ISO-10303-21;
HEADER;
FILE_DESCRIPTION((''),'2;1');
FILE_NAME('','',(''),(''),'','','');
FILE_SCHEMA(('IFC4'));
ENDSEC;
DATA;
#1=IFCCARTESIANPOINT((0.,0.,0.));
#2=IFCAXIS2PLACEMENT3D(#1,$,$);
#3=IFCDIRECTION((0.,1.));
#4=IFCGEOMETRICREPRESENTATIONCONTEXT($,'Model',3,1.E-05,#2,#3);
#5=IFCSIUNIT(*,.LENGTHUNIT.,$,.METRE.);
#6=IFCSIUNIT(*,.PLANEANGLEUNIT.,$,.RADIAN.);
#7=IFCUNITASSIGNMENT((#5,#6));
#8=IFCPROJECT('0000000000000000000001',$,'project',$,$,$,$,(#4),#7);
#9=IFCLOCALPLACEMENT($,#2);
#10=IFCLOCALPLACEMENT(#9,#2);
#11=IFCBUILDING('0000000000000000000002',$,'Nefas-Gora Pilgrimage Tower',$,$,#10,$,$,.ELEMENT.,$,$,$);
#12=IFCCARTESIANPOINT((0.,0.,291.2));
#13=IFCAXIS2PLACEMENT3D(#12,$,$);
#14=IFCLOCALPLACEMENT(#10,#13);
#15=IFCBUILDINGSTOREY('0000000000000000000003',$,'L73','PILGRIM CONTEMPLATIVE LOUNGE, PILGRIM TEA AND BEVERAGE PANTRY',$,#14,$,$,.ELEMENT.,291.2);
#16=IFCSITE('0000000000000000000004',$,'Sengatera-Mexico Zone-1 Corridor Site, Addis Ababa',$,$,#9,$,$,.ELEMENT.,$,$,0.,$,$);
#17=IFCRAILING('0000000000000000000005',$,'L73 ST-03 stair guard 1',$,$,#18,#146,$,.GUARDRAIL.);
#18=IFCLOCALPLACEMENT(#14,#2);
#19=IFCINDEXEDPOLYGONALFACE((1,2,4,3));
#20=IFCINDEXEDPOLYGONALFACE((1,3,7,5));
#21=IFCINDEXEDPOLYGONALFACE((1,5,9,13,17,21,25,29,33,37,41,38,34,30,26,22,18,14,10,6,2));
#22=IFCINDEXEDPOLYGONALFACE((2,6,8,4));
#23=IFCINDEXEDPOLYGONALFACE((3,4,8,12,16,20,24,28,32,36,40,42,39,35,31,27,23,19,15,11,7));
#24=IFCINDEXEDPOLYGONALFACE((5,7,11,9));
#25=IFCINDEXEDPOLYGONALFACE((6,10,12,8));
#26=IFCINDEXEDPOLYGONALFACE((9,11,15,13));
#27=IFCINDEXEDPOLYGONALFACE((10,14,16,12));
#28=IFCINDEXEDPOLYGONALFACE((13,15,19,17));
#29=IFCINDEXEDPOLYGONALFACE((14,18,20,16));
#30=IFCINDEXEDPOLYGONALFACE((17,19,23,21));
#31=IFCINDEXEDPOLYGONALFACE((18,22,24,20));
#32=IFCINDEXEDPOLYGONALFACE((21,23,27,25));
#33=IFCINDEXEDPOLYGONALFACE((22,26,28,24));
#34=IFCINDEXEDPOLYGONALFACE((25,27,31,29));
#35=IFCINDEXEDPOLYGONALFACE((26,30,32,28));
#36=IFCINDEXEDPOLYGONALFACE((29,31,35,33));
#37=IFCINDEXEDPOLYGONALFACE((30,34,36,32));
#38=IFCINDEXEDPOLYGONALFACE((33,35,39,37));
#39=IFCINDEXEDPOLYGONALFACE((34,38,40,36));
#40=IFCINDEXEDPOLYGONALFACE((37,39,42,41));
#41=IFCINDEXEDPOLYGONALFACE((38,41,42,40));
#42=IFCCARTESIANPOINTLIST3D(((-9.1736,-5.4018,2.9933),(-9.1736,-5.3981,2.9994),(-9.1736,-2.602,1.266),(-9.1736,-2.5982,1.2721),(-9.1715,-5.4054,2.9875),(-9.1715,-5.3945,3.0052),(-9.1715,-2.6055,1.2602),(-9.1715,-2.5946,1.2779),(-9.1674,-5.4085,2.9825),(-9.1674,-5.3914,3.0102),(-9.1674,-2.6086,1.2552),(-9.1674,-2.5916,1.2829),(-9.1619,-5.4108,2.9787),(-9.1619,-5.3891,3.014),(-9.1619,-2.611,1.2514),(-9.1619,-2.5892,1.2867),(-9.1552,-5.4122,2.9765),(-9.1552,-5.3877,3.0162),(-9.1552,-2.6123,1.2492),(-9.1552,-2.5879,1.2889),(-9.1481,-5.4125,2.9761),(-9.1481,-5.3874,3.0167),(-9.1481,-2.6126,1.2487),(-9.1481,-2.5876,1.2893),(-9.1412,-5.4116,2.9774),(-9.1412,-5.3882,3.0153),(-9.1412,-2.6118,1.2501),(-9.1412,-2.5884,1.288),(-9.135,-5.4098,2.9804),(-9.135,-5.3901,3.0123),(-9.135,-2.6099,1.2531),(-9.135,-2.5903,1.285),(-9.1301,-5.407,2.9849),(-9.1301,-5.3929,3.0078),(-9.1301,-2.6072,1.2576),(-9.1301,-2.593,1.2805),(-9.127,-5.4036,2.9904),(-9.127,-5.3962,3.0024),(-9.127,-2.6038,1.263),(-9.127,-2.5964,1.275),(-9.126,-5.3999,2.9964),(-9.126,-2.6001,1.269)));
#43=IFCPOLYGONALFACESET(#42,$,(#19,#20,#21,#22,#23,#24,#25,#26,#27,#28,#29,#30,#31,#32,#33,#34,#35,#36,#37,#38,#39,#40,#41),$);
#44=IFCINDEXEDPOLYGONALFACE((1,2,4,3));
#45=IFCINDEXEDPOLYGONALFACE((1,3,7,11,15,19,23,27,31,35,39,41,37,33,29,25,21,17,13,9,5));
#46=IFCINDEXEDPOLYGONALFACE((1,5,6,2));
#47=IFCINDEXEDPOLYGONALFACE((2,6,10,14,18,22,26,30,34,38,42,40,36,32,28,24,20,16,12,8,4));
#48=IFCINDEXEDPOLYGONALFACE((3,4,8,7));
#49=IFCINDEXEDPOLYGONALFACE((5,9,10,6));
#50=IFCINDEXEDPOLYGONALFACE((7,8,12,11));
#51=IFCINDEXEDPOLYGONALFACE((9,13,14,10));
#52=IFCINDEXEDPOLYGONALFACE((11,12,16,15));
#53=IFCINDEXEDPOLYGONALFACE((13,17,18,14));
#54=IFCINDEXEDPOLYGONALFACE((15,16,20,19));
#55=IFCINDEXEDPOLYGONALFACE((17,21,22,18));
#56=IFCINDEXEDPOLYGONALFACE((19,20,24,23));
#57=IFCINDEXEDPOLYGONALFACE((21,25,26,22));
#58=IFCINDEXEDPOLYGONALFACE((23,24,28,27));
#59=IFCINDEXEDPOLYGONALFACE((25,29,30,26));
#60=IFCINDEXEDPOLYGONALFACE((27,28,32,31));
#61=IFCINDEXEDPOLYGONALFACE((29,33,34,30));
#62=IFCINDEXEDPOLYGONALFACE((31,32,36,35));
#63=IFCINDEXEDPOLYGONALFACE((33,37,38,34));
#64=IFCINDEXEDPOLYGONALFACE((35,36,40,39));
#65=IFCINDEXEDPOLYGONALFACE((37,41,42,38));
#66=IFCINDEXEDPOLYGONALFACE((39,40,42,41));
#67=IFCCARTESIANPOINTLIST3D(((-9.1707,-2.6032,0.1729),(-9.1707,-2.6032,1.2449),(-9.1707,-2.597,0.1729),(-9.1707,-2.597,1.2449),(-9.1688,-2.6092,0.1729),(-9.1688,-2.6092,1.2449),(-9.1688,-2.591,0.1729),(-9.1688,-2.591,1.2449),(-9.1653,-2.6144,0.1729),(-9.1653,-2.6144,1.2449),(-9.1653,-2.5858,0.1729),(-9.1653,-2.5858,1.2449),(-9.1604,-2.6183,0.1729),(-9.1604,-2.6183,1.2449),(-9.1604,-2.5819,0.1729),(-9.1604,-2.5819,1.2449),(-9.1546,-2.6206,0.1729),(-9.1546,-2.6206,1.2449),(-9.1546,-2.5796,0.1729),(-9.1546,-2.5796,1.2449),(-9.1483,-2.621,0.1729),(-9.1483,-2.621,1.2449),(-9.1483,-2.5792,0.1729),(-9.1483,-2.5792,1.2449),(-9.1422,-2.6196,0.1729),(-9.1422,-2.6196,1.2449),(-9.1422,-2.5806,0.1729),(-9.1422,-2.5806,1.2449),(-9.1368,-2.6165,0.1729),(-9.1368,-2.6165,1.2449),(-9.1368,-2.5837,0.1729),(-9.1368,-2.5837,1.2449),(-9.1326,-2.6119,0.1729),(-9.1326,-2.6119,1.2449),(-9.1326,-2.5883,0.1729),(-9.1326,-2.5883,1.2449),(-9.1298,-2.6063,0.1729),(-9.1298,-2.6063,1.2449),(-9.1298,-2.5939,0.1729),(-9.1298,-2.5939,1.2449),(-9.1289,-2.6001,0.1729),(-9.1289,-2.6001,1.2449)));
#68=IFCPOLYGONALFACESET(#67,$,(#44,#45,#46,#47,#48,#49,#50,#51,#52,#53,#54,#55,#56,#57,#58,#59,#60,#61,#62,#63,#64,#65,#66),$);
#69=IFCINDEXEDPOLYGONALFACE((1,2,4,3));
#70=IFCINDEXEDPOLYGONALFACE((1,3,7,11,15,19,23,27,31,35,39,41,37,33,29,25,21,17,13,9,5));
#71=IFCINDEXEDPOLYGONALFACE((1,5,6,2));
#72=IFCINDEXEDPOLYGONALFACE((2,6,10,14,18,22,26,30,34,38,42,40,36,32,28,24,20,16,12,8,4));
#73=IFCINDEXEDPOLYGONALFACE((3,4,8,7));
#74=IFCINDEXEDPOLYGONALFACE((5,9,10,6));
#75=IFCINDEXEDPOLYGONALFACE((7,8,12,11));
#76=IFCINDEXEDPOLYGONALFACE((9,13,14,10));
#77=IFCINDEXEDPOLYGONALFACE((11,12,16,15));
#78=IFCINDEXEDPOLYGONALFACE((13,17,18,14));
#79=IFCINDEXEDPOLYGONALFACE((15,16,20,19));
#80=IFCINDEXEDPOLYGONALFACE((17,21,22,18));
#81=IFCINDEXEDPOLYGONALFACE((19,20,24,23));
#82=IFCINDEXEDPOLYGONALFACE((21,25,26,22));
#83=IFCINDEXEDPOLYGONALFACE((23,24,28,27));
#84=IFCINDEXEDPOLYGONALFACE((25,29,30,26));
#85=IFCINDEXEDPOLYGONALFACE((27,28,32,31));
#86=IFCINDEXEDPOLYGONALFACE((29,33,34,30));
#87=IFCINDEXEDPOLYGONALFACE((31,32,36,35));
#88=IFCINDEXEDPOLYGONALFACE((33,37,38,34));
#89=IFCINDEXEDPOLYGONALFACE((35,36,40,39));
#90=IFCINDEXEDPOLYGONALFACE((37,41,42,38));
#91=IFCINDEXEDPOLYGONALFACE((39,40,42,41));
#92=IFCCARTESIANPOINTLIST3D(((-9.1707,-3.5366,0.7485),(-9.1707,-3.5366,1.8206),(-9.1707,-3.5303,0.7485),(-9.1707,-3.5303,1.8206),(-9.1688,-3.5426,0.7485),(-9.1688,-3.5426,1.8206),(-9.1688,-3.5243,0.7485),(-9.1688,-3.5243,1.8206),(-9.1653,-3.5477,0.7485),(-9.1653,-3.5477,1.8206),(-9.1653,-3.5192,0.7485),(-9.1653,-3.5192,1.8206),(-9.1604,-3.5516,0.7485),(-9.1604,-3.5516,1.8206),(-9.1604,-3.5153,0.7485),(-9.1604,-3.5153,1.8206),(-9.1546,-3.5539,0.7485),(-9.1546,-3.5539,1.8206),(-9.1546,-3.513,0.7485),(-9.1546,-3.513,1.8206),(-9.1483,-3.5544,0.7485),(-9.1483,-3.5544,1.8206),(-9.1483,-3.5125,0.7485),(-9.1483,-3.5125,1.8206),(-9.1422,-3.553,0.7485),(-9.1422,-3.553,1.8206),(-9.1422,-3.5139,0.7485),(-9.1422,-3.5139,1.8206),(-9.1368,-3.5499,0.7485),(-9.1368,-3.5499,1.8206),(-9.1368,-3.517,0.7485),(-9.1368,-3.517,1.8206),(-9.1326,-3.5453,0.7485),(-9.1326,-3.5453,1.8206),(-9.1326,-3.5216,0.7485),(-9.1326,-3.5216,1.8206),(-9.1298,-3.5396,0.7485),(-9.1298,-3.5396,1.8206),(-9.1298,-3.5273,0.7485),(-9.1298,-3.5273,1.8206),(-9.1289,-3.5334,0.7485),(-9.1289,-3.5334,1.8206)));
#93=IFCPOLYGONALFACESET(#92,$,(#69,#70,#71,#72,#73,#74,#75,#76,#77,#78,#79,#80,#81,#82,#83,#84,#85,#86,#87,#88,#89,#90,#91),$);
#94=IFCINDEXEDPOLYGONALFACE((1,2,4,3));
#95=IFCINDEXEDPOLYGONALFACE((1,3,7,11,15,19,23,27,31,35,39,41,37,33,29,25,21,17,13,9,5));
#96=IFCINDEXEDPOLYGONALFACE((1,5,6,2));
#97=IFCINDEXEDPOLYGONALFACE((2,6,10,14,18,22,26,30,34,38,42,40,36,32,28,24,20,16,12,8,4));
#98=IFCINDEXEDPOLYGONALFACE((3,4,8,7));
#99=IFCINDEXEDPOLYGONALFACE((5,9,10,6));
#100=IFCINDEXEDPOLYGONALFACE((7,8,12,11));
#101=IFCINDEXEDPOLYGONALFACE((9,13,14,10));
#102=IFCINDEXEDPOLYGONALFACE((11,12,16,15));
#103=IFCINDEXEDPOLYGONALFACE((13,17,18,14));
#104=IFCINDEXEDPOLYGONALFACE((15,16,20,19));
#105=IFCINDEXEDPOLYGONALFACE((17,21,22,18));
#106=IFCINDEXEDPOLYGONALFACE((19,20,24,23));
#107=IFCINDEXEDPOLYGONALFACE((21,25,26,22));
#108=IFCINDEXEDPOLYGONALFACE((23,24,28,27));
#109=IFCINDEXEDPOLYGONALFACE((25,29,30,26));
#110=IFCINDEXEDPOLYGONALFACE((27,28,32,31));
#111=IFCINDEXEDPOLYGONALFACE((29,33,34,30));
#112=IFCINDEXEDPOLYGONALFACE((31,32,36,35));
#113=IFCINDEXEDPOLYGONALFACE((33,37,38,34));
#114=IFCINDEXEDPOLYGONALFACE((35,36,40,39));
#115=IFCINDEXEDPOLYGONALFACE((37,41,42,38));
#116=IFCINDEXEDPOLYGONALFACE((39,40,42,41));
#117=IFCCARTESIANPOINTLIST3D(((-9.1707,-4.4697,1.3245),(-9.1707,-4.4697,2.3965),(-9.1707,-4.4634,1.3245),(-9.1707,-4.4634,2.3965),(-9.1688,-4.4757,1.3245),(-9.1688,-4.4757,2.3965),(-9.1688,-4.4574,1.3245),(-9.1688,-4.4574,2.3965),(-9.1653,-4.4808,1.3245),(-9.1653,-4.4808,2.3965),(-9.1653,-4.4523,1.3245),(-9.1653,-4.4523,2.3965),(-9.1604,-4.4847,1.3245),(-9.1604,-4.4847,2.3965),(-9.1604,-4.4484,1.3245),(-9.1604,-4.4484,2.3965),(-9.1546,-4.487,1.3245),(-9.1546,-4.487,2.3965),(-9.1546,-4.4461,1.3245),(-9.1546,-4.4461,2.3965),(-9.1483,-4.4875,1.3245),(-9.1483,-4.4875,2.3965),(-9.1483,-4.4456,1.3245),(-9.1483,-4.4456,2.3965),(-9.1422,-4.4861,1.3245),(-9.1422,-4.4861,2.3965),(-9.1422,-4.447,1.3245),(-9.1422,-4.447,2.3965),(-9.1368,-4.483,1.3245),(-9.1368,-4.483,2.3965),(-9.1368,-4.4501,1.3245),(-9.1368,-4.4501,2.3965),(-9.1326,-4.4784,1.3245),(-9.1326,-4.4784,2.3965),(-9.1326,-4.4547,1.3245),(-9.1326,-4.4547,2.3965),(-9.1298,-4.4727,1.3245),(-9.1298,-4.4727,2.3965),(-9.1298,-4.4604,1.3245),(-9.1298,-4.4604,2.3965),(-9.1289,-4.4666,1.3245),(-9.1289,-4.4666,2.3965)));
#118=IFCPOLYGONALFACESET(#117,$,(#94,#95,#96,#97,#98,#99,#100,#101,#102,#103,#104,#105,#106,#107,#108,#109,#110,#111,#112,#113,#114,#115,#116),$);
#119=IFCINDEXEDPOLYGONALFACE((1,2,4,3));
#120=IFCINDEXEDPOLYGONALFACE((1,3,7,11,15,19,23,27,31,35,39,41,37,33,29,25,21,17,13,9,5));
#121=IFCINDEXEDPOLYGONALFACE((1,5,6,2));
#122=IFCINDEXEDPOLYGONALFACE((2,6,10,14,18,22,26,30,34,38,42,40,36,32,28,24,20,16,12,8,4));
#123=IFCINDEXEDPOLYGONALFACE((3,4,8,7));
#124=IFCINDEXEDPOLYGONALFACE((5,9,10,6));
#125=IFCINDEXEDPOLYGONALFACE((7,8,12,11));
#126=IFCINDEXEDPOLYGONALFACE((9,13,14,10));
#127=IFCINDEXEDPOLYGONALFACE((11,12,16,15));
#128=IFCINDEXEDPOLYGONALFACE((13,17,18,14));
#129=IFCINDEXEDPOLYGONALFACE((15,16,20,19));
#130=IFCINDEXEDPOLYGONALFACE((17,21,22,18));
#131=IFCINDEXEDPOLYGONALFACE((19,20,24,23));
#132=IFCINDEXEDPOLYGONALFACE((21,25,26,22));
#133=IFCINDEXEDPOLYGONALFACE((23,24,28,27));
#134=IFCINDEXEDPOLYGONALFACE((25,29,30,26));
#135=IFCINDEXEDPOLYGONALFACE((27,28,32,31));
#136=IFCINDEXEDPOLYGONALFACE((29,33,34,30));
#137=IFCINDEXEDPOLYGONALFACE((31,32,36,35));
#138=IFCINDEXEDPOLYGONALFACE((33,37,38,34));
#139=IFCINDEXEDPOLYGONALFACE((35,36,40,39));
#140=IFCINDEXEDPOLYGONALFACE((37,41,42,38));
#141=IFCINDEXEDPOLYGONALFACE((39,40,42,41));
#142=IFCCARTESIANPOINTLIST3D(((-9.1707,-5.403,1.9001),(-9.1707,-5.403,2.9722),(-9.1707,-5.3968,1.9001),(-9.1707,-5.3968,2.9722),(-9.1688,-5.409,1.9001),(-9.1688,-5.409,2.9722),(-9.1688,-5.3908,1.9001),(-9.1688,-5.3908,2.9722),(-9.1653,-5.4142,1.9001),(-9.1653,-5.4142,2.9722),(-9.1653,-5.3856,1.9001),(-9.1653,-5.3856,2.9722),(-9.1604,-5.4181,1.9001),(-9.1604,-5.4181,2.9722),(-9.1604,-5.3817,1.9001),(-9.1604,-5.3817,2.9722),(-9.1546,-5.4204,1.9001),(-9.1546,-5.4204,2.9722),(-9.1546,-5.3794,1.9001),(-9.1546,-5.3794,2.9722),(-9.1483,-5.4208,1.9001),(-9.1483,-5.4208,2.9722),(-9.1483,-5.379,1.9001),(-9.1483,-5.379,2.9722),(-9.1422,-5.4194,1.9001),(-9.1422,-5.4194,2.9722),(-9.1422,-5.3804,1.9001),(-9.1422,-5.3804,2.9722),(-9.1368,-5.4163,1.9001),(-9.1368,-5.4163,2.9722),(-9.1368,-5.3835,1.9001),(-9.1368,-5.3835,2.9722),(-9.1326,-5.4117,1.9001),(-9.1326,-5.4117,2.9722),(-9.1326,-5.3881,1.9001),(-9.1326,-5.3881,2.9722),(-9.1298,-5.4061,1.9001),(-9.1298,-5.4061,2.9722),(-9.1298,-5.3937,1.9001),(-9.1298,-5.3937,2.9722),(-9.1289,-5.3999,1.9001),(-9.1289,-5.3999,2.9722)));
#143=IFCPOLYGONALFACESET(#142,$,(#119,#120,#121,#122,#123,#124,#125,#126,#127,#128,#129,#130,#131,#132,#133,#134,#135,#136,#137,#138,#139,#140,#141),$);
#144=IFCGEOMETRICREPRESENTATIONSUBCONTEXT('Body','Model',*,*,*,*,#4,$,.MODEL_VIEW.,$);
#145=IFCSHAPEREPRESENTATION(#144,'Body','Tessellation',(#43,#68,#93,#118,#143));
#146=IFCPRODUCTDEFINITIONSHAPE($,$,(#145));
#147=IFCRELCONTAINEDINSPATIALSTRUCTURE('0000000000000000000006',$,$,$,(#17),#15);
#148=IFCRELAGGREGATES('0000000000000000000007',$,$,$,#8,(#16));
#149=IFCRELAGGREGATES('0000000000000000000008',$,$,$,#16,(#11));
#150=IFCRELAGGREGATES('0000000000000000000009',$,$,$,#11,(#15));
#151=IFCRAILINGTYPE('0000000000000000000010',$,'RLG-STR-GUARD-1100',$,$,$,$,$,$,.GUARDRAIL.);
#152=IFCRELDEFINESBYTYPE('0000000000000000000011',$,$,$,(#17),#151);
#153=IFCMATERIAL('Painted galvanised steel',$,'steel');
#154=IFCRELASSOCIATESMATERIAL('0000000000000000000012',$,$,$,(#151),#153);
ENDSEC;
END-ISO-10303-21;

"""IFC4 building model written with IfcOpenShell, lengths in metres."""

from ifc_helpers import new_model, si_unit, direction, frame, origin, origin_2d, place, context, subcontext, project, spatial, circle, extrude, material, type_object, element, save


model = new_model("IFC4")

# Units and contexts
model_context = context("Model", 3, precision=1e-05, world=origin(), true_north=direction((0.0, 1.0)))
body_context = subcontext(model_context, "Body", "Model", "MODEL_VIEW")
ifc_project = project(units=[si_unit("LENGTHUNIT", "METRE"), si_unit("PLANEANGLEUNIT", "RADIAN")], contexts=[model_context])

# Site, building, storey
site_placement = place(None, origin())
site = spatial("IfcSite", under=ifc_project, at=site_placement, Name="Sengatera-Mexico Zone-1 Corridor Site, Addis Ababa", CompositionType="ELEMENT", RefElevation=0.0)
building_placement = place(site_placement, origin())
building = spatial("IfcBuilding", under=site, at=building_placement, Name="Nefas-Gora Pilgrimage Tower", CompositionType="ELEMENT")
storey_placement = place(building_placement, frame((0.0, 0.0, 291.2)))
storey = spatial("IfcBuildingStorey", under=building, at=storey_placement, Name="L73", Description="PILGRIM CONTEMPLATIVE LOUNGE, PILGRIM TEA AND BEVERAGE PANTRY", CompositionType="ELEMENT", Elevation=291.2)

# Railing
ifc_material_1 = material(Name="Painted galvanised steel", Category="steel")
railing_type_1 = type_object("IfcRailingType", Name="RLG-STR-GUARD-1100", PredefinedType="GUARDRAIL", material=ifc_material_1)
railing_1_placement = place(storey_placement, frame((-9.1499, -2.6001, 0.1729)))
element("IfcRailing", 1, at=railing_1_placement, inside=storey, type_object=railing_type_1, Name="L73 ST-03 stair guard 1", PredefinedType="GUARDRAIL", context=body_context, shape_type="SweptSolid", body=[
    extrude(circle(Radius=0.0239, at=origin_2d()), frame((0.0, 0.0, 1.0962), z_axis=(0.0, -0.851069, 0.525054), x_axis=(1.0, 0.0, 0.0)), (0.0, 0.0, 1.0), 3.2898),
    extrude(circle(Radius=0.021, at=origin_2d()), origin(), (0.0, 0.0, 1.0), 1.072),
    extrude(circle(Radius=0.021, at=origin_2d()), frame((0.0, -0.9333, 0.5757)), (0.0, 0.0, 1.0), 1.072),
    extrude(circle(Radius=0.021, at=origin_2d()), frame((0.0, -1.8665, 1.1516)), (0.0, 0.0, 1.0), 1.072),
    extrude(circle(Radius=0.021, at=origin_2d()), frame((0.0, -2.7998, 1.7273)), (0.0, 0.0, 1.0), 1.072),
])

save(model, "model.ifc")
